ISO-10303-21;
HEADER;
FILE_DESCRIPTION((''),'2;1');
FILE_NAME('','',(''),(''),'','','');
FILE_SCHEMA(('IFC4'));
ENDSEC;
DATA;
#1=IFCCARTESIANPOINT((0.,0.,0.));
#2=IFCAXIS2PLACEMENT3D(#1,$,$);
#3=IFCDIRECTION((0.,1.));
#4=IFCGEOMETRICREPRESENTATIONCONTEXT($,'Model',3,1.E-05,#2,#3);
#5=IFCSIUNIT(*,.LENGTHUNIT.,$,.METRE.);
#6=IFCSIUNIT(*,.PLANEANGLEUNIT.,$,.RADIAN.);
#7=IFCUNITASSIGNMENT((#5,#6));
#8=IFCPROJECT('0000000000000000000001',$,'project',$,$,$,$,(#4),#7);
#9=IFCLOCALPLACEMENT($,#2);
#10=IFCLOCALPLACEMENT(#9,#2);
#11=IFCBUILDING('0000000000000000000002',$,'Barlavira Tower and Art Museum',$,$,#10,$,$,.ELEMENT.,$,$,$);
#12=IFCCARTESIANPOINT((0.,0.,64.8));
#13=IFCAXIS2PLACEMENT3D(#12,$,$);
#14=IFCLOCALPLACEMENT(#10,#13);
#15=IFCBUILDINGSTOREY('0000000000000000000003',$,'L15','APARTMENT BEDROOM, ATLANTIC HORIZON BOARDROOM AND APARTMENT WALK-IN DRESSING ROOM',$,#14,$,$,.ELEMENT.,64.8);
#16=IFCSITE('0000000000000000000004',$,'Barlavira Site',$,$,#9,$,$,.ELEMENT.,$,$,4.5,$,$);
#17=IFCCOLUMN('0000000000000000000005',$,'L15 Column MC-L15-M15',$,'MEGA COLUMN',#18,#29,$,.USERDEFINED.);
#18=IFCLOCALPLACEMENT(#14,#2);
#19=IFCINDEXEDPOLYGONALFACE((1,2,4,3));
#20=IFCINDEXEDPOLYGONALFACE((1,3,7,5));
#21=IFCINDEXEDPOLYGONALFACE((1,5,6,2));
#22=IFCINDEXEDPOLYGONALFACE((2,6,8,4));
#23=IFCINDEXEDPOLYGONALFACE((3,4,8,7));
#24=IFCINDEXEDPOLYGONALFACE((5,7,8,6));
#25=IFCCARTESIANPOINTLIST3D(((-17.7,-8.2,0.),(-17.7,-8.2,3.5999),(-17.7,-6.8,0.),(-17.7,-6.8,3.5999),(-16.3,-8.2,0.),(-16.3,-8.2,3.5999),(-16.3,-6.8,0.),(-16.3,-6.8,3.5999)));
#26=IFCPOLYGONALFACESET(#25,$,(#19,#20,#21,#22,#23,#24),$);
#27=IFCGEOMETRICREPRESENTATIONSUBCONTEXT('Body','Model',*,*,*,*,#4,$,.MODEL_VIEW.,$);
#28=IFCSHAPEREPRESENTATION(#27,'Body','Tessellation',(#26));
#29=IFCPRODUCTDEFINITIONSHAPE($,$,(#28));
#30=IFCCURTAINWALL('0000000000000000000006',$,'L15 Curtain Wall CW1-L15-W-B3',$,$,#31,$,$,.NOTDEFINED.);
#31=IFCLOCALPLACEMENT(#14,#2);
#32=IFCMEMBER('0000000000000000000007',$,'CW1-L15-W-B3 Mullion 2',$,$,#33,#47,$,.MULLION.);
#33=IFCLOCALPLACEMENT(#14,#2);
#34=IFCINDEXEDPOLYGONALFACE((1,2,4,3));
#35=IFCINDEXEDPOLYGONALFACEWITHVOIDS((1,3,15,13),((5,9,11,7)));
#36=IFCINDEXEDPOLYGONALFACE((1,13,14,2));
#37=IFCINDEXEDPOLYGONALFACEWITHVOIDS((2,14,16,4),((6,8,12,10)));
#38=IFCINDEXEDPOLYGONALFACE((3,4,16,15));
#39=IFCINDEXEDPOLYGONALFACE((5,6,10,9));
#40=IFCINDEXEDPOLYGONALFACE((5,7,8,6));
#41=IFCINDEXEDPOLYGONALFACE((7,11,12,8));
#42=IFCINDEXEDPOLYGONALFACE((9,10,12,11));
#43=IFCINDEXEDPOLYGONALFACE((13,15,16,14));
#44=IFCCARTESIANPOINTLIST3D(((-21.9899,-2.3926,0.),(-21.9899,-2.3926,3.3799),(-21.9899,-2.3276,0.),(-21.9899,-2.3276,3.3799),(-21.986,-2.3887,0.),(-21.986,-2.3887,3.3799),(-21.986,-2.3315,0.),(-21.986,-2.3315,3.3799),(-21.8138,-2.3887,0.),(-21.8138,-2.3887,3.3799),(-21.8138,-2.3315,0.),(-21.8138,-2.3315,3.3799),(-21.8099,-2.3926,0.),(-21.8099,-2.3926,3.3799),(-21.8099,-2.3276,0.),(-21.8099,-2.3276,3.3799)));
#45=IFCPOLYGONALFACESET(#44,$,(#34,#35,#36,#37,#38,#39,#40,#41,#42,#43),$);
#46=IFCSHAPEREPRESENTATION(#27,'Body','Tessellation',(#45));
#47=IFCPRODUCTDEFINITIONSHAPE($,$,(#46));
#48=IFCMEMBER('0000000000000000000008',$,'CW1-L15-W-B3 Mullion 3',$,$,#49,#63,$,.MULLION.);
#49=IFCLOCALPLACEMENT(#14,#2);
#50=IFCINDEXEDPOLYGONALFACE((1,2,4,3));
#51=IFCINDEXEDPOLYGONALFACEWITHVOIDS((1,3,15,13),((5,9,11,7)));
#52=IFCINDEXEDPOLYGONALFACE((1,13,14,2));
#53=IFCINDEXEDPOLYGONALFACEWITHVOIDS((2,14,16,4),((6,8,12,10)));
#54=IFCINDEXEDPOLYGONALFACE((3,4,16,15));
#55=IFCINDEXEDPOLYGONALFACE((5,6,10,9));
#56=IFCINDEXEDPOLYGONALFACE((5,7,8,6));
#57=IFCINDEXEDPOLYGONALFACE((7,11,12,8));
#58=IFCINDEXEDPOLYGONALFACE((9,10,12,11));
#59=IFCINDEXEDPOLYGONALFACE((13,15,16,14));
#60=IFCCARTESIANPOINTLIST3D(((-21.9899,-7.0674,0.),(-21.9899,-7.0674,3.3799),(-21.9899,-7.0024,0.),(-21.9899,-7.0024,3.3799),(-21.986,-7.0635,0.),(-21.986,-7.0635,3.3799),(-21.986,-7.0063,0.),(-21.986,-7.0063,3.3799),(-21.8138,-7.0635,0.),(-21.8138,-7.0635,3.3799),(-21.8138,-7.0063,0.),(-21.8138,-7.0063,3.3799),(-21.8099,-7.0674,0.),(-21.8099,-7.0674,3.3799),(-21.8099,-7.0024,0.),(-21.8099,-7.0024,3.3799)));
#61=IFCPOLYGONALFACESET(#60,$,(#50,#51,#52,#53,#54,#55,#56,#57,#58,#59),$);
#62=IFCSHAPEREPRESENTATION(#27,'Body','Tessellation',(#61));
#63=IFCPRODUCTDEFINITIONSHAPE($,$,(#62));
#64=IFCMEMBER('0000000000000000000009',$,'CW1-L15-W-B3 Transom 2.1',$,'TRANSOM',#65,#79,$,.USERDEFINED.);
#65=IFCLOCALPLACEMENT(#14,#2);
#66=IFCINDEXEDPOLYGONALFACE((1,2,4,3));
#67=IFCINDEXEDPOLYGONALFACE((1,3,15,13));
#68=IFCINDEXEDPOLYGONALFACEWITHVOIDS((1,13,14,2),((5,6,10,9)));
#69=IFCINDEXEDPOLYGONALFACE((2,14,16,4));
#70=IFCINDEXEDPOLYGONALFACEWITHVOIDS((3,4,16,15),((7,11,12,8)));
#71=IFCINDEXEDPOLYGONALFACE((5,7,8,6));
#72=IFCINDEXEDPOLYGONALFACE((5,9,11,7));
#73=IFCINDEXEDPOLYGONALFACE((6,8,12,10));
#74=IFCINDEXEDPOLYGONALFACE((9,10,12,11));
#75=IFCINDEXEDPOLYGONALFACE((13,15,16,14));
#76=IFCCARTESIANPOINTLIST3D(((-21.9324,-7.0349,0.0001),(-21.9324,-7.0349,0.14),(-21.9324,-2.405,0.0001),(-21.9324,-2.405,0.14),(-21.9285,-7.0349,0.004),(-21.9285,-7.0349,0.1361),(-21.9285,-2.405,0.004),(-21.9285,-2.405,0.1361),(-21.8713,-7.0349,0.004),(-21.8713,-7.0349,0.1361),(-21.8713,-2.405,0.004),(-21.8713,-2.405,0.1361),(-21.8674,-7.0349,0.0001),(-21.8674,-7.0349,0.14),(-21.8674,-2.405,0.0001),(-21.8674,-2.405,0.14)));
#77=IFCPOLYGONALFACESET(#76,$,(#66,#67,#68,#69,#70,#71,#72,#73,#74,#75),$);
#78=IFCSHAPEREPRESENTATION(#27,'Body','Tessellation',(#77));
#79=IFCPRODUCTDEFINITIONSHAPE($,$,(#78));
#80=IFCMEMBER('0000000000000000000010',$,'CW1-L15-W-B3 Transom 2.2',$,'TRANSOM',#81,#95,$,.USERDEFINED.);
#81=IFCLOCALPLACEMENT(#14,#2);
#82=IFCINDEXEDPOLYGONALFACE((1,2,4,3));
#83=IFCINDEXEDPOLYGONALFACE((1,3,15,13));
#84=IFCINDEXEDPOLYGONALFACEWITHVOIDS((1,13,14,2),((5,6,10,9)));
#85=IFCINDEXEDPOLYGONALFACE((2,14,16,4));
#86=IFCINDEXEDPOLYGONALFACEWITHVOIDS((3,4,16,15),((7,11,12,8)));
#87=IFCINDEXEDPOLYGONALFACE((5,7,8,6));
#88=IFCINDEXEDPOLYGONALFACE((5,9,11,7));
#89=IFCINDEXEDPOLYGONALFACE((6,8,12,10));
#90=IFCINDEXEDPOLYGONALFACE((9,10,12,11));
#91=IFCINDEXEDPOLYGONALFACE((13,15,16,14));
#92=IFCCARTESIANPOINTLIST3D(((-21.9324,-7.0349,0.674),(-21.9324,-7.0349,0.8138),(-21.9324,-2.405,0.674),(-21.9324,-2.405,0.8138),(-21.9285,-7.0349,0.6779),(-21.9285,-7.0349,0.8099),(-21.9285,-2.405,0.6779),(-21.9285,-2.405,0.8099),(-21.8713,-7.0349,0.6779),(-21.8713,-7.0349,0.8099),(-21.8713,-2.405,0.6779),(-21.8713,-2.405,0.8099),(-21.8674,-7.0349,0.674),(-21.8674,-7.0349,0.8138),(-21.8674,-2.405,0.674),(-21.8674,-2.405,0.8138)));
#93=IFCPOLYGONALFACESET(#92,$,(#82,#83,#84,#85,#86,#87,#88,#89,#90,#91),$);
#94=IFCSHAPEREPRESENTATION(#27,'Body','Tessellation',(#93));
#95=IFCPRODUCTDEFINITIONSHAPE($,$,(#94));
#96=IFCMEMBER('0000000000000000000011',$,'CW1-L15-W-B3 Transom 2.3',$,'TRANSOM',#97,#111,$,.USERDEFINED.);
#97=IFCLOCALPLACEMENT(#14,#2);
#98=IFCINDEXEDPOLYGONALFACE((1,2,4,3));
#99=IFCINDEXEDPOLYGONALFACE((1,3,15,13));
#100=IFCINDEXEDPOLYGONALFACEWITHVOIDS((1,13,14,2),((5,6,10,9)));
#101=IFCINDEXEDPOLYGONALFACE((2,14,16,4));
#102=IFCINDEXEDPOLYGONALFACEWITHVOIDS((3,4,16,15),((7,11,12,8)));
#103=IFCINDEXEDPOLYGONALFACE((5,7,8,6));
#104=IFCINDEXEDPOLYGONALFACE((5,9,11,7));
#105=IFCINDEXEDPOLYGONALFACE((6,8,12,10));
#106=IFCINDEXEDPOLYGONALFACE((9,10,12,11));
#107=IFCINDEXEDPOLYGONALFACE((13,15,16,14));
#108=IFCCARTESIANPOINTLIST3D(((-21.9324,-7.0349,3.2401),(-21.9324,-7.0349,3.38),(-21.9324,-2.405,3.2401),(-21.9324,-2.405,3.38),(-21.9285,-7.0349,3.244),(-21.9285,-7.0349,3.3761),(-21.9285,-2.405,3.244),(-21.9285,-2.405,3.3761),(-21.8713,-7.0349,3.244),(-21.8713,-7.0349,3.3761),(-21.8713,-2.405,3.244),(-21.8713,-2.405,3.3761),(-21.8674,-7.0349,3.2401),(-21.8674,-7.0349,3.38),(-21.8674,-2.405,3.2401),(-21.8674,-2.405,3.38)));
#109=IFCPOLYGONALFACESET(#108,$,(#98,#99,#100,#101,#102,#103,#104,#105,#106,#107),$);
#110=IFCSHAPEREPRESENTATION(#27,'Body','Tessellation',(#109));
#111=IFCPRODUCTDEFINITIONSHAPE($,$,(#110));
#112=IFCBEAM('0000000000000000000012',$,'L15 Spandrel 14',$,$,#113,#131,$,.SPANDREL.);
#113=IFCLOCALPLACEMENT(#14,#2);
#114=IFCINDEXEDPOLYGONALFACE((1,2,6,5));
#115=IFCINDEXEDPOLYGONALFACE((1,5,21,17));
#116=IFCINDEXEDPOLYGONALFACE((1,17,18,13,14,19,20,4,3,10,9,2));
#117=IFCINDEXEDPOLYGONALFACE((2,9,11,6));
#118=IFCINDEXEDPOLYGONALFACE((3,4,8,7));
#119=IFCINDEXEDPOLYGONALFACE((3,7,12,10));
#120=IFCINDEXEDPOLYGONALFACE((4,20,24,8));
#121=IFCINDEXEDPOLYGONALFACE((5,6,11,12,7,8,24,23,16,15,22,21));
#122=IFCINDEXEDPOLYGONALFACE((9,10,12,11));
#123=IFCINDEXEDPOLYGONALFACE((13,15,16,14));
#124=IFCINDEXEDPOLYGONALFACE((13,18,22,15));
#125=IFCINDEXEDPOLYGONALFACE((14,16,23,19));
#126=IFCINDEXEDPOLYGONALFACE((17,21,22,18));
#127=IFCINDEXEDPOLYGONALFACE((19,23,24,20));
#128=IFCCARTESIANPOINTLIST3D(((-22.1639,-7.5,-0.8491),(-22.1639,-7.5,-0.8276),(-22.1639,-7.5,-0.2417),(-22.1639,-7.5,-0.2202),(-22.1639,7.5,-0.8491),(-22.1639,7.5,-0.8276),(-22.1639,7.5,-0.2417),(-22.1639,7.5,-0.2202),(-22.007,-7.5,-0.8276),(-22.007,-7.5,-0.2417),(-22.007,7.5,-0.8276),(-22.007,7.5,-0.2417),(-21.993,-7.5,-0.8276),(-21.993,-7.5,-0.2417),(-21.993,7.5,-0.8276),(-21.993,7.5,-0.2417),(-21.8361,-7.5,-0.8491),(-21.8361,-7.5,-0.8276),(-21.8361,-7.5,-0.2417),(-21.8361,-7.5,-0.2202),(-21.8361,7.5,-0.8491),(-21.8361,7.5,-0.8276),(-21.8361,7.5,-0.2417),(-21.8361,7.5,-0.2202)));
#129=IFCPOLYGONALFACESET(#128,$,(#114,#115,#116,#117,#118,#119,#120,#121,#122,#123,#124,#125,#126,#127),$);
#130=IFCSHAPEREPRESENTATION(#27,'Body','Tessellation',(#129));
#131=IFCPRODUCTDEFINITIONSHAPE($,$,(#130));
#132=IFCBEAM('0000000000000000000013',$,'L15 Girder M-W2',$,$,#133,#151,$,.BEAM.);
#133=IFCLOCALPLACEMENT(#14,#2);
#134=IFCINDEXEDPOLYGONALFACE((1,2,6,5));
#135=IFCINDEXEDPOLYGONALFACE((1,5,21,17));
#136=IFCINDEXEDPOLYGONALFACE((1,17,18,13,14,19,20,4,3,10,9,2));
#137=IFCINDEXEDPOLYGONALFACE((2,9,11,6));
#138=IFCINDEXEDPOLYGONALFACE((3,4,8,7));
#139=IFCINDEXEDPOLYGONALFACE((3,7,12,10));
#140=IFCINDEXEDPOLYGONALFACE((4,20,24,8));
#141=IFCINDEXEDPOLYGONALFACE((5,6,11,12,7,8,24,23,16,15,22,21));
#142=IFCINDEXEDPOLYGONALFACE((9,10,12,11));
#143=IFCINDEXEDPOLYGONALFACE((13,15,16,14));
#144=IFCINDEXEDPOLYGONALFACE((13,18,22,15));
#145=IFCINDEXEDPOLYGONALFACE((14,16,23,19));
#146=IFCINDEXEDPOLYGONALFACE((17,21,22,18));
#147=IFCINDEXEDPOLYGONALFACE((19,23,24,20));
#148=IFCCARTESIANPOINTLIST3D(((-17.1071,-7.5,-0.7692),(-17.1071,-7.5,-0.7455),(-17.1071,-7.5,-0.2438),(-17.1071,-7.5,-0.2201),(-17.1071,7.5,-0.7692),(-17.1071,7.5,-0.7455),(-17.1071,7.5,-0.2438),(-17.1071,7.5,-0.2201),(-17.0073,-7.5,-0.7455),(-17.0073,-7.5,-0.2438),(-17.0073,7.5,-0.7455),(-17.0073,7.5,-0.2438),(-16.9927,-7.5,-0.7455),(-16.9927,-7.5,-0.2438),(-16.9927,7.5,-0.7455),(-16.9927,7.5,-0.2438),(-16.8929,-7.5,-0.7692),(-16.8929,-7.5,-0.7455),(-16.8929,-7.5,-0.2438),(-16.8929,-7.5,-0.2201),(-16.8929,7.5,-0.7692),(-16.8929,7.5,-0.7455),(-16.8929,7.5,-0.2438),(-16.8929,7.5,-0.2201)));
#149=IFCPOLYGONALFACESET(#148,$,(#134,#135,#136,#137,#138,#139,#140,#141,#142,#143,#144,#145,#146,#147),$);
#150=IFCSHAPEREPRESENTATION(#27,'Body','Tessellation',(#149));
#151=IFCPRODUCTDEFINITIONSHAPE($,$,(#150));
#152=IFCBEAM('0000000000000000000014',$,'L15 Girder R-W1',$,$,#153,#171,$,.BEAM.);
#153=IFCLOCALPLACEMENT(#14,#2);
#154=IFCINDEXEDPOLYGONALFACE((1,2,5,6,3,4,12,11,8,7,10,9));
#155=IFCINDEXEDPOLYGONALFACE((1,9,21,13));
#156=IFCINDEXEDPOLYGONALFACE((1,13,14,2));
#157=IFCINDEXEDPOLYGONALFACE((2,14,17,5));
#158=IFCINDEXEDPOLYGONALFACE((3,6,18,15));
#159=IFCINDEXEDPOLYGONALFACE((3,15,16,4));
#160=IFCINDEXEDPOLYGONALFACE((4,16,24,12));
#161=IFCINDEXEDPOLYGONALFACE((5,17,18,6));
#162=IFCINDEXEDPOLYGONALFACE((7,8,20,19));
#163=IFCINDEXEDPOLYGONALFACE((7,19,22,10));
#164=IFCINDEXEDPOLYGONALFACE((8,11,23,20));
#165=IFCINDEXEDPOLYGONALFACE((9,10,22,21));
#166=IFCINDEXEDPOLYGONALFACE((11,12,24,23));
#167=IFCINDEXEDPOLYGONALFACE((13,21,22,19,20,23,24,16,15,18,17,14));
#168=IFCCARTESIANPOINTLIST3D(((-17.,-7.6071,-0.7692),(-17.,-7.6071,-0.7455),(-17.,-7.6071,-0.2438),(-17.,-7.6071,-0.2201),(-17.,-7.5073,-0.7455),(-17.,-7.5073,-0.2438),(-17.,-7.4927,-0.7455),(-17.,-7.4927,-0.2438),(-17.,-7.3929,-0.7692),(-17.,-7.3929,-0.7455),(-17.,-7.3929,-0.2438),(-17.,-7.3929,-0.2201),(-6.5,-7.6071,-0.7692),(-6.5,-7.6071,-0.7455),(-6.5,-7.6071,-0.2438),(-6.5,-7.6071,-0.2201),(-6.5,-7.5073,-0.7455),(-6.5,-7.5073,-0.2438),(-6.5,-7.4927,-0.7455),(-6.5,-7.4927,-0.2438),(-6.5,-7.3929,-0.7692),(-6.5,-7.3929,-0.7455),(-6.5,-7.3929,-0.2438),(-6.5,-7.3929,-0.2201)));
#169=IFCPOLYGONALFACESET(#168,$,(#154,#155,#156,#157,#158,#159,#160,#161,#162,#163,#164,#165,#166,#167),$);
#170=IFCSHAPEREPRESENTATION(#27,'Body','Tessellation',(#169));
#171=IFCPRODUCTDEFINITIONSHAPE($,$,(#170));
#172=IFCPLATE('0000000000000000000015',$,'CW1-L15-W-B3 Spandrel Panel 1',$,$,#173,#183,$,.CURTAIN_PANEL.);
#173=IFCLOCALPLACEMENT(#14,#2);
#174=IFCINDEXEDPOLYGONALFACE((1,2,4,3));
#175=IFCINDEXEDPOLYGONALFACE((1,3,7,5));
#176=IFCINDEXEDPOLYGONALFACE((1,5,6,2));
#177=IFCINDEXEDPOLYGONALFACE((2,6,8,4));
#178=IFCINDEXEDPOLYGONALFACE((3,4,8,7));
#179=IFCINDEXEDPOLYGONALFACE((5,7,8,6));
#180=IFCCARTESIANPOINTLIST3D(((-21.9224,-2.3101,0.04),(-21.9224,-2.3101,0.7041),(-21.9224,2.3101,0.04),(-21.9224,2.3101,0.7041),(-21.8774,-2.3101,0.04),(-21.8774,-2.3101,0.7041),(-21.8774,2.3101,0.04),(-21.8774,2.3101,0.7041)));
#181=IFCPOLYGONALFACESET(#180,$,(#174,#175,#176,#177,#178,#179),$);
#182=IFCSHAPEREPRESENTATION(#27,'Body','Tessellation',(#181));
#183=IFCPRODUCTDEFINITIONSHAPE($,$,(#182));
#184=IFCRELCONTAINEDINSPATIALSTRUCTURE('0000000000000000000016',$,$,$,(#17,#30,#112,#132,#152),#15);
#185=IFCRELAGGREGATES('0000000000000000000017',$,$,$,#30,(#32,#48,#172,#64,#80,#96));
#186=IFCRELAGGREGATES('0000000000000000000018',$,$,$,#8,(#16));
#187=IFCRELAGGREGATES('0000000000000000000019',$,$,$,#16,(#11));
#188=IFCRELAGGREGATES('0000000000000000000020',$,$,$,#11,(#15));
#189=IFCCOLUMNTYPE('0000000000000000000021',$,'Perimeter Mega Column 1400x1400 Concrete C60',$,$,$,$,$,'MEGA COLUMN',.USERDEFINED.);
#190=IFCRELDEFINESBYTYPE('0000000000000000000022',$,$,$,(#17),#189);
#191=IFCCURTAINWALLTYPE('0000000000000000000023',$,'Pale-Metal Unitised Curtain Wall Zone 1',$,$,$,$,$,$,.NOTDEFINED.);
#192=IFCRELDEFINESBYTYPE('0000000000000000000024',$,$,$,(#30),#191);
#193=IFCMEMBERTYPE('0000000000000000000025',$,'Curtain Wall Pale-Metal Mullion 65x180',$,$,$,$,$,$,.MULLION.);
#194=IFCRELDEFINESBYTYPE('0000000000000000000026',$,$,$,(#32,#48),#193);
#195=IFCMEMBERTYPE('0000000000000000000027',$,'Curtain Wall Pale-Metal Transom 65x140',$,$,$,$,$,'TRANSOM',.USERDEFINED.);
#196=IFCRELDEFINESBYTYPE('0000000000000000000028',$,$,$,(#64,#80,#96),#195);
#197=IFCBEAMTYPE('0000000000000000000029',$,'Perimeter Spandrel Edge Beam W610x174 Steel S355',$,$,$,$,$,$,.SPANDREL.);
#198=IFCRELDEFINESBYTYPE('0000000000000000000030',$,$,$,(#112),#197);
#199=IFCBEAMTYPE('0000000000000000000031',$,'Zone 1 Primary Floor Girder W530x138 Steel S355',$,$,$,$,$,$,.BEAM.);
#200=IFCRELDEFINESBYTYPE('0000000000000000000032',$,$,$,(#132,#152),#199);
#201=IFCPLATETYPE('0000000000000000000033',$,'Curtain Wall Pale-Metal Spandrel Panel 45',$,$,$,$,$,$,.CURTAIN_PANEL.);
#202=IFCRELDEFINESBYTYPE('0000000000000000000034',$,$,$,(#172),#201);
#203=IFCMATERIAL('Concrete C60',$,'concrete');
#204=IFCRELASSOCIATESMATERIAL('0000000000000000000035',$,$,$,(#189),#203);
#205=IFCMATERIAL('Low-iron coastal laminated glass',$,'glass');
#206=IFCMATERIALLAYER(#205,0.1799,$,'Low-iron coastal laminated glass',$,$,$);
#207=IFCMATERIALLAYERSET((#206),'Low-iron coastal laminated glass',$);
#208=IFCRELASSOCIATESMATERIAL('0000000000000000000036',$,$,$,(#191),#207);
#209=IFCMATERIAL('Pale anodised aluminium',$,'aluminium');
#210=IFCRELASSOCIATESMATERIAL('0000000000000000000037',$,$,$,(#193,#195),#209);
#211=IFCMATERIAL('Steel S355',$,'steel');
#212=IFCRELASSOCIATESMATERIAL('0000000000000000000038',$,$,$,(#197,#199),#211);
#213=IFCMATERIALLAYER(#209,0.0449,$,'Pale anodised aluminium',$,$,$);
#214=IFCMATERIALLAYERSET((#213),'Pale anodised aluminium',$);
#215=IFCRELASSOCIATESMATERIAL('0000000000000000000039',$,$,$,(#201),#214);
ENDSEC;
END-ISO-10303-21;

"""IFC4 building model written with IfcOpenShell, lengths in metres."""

from ifc_helpers import new_model, si_unit, direction, frame, origin, origin_2d, place, context, subcontext, project, spatial, rectangle, hollow_rectangle, i_section, extrude, material, layer, layer_set, material_profile, profile_set, type_object, element, aggregate, save


model = new_model("IFC4")

# Units and contexts
model_context = context("Model", 3, precision=1e-05, world=origin(), true_north=direction((0.0, 1.0)))
body_context = subcontext(model_context, "Body", "Model", "MODEL_VIEW")
ifc_project = project(units=[si_unit("LENGTHUNIT", "METRE"), si_unit("PLANEANGLEUNIT", "RADIAN")], contexts=[model_context])

# Site, building, storey
site_placement = place(None, origin())
site = spatial("IfcSite", under=ifc_project, at=site_placement, Name="Barlavira Site", CompositionType="ELEMENT", RefElevation=4.5)
building_placement = place(site_placement, origin())
building = spatial("IfcBuilding", under=site, at=building_placement, Name="Barlavira Tower and Art Museum", CompositionType="ELEMENT")
storey_placement = place(building_placement, frame((0.0, 0.0, 64.8)))
storey = spatial("IfcBuildingStorey", under=building, at=storey_placement, Name="L15", Description="APARTMENT BEDROOM, ATLANTIC HORIZON BOARDROOM AND APARTMENT WALK-IN DRESSING ROOM", CompositionType="ELEMENT", Elevation=64.8)

# Column
ifc_material_1 = material(Name="Concrete C60", Category="concrete")
ifc_material_profile_1 = material_profile(ifc_material_1, rectangle(XDim=1.3999, YDim=1.3999, at=origin_2d()), Name="RC-MCOL 1400x1400")
ifc_profile_set_1 = profile_set([ifc_material_profile_1], Name="Concrete C60")
column_type = type_object("IfcColumnType", Name="Perimeter Mega Column 1400x1400 Concrete C60", ElementType="MEGA COLUMN", PredefinedType="USERDEFINED", material=ifc_profile_set_1)
column_placement = place(storey_placement, frame((-17.0, -7.5, 0.0), z_axis=(0.0, 0.0, 1.0), x_axis=(1.0, 0.0, 0.0)))
element("IfcColumn", 1, at=column_placement, inside=storey, type_object=column_type, Name="L15 Column MC-L15-M15", ObjectType="MEGA COLUMN", PredefinedType="USERDEFINED", context=body_context, shape_type="SweptSolid", body=[
    extrude(rectangle(XDim=1.3999, YDim=1.3999, at=origin_2d()), origin(), (0.0, 0.0, 1.0), 3.5999),
])

# Curtain wall, members
ifc_material_2 = material(Name="Low-iron coastal laminated glass", Category="glass")
ifc_layer_1 = layer(ifc_material_2, 0.1799, Name="Low-iron coastal laminated glass")
ifc_layer_set_1 = layer_set([ifc_layer_1], Name="Low-iron coastal laminated glass")
curtain_wall_type = type_object("IfcCurtainWallType", Name="Pale-Metal Unitised Curtain Wall Zone 1", PredefinedType="NOTDEFINED", material=ifc_layer_set_1)
curtain_wall_placement = place(storey_placement, origin())
curtain_wall = element("IfcCurtainWall", 2, at=curtain_wall_placement, inside=storey, type_object=curtain_wall_type, Name="L15 Curtain Wall CW1-L15-W-B3", PredefinedType="NOTDEFINED")
ifc_material_3 = material(Name="Pale anodised aluminium", Category="aluminium")
ifc_material_profile_2 = material_profile(ifc_material_3, hollow_rectangle(XDim=0.0649, YDim=0.1799, WallThickness=0.0039, at=origin_2d()), Name="ALU-MULL 65x180x4")
ifc_profile_set_2 = profile_set([ifc_material_profile_2], Name="Pale anodised aluminium")
member_type_1 = type_object("IfcMemberType", Name="Curtain Wall Pale-Metal Mullion 65x180", PredefinedType="MULLION", material=ifc_profile_set_2)
member_1_placement = place(storey_placement, frame((-21.8999, -2.3601, 0.0), z_axis=(0.0, 0.0, 1.0), x_axis=(0.0, -1.0, 0.0)))
member_1 = element("IfcMember", 3, at=member_1_placement, type_object=member_type_1, Name="CW1-L15-W-B3 Mullion 2", PredefinedType="MULLION", context=body_context, shape_type="SweptSolid", body=[
    extrude(hollow_rectangle(XDim=0.0649, YDim=0.1799, WallThickness=0.0039, at=origin_2d()), origin(), (0.0, 0.0, 1.0), 3.3799),
])
member_2_placement = place(storey_placement, frame((-21.8999, -7.0349, 0.0), z_axis=(0.0, 0.0, 1.0), x_axis=(0.0, -1.0, 0.0)))
member_2 = element("IfcMember", 4, at=member_2_placement, type_object=member_type_1, Name="CW1-L15-W-B3 Mullion 3", PredefinedType="MULLION", context=body_context, shape_type="SweptSolid", body=[
    extrude(hollow_rectangle(XDim=0.0649, YDim=0.1799, WallThickness=0.0039, at=origin_2d()), origin(), (0.0, 0.0, 1.0), 3.3799),
])
ifc_material_profile_3 = material_profile(ifc_material_3, hollow_rectangle(XDim=0.0649, YDim=0.1399, WallThickness=0.0039, at=origin_2d()), Name="ALU-TRAN 65x140x4")
ifc_profile_set_3 = profile_set([ifc_material_profile_3], Name="Pale anodised aluminium")
member_type_2 = type_object("IfcMemberType", Name="Curtain Wall Pale-Metal Transom 65x140", ElementType="TRANSOM", PredefinedType="USERDEFINED", material=ifc_profile_set_3)
member_3_placement = place(storey_placement, frame((-21.8999, -2.405, 0.0701), z_axis=(0.0, -1.0, 0.0), x_axis=(1.0, 0.0, 0.0)))
member_3 = element("IfcMember", 5, at=member_3_placement, type_object=member_type_2, Name="CW1-L15-W-B3 Transom 2.1", ObjectType="TRANSOM", PredefinedType="USERDEFINED", context=body_context, shape_type="SweptSolid", body=[
    extrude(hollow_rectangle(XDim=0.0649, YDim=0.1399, WallThickness=0.0039, at=origin_2d()), origin(), (0.0, 0.0, 1.0), 4.6299),
])
member_4_placement = place(storey_placement, frame((-21.8999, -2.405, 0.7439), z_axis=(0.0, -1.0, 0.0), x_axis=(1.0, 0.0, 0.0)))
member_4 = element("IfcMember", 6, at=member_4_placement, type_object=member_type_2, Name="CW1-L15-W-B3 Transom 2.2", ObjectType="TRANSOM", PredefinedType="USERDEFINED", context=body_context, shape_type="SweptSolid", body=[
    extrude(hollow_rectangle(XDim=0.0649, YDim=0.1399, WallThickness=0.0039, at=origin_2d()), origin(), (0.0, 0.0, 1.0), 4.6299),
])
member_5_placement = place(storey_placement, frame((-21.8999, -2.405, 3.3101), z_axis=(0.0, -1.0, 0.0), x_axis=(1.0, 0.0, 0.0)))
member_5 = element("IfcMember", 7, at=member_5_placement, type_object=member_type_2, Name="CW1-L15-W-B3 Transom 2.3", ObjectType="TRANSOM", PredefinedType="USERDEFINED", context=body_context, shape_type="SweptSolid", body=[
    extrude(hollow_rectangle(XDim=0.0649, YDim=0.1399, WallThickness=0.0039, at=origin_2d()), origin(), (0.0, 0.0, 1.0), 4.6299),
])

# Beams
ifc_material_4 = material(Name="Steel S355", Category="steel")
ifc_material_profile_4 = material_profile(ifc_material_4, i_section(OverallWidth=0.3279, OverallDepth=0.6289, WebThickness=0.0139, FlangeThickness=0.0215, at=origin_2d()), Name="W610x174.0")
ifc_profile_set_4 = profile_set([ifc_material_profile_4], Name="Steel S355")
beam_type_1 = type_object("IfcBeamType", Name="Perimeter Spandrel Edge Beam W610x174 Steel S355", PredefinedType="SPANDREL", material=ifc_profile_set_4)
beam_1_placement = place(storey_placement, frame((-22.0, -7.5, -0.5347), z_axis=(0.0, 1.0, 0.0), x_axis=(-1.0, 0.0, 0.0)))
element("IfcBeam", 8, at=beam_1_placement, inside=storey, type_object=beam_type_1, Name="L15 Spandrel 14", PredefinedType="SPANDREL", context=body_context, shape_type="SweptSolid", body=[
    extrude(i_section(OverallWidth=0.3279, OverallDepth=0.6289, WebThickness=0.0139, FlangeThickness=0.0215, at=origin_2d()), origin(), (0.0, 0.0, 1.0), 15.0),
])
ifc_material_profile_5 = material_profile(ifc_material_4, i_section(OverallWidth=0.2141, OverallDepth=0.5491, WebThickness=0.0146, FlangeThickness=0.0237, at=origin_2d()), Name="W530x138.0")
ifc_profile_set_5 = profile_set([ifc_material_profile_5], Name="Steel S355")
beam_type_2 = type_object("IfcBeamType", Name="Zone 1 Primary Floor Girder W530x138 Steel S355", PredefinedType="BEAM", material=ifc_profile_set_5)
beam_2_placement = place(storey_placement, frame((-17.0, -7.5, -0.4946), z_axis=(0.0, 1.0, 0.0), x_axis=(-1.0, 0.0, 0.0)))
element("IfcBeam", 9, at=beam_2_placement, inside=storey, type_object=beam_type_2, Name="L15 Girder M-W2", PredefinedType="BEAM", context=body_context, shape_type="SweptSolid", body=[
    extrude(i_section(OverallWidth=0.2141, OverallDepth=0.5491, WebThickness=0.0146, FlangeThickness=0.0237, at=origin_2d()), origin(), (0.0, 0.0, 1.0), 15.0),
])
beam_3_placement = place(storey_placement, frame((-17.0, -7.5, -0.4946), z_axis=(1.0, 0.0, 0.0), x_axis=(0.0, 1.0, 0.0)))
element("IfcBeam", 10, at=beam_3_placement, inside=storey, type_object=beam_type_2, Name="L15 Girder R-W1", PredefinedType="BEAM", context=body_context, shape_type="SweptSolid", body=[
    extrude(i_section(OverallWidth=0.2141, OverallDepth=0.5491, WebThickness=0.0146, FlangeThickness=0.0237, at=origin_2d()), origin(), (0.0, 0.0, 1.0), 10.5),
])

# Plate
ifc_layer_2 = layer(ifc_material_3, 0.0449, Name="Pale anodised aluminium")
ifc_layer_set_2 = layer_set([ifc_layer_2], Name="Pale anodised aluminium")
plate_type_1 = type_object("IfcPlateType", Name="Curtain Wall Pale-Metal Spandrel Panel 45", PredefinedType="CURTAIN_PANEL", material=ifc_layer_set_2)
plate_1_placement = place(storey_placement, frame((-21.8999, 0.0, 0.04), z_axis=(0.0, 0.0, 1.0), x_axis=(0.0, -1.0, 0.0)))
plate_1 = element("IfcPlate", 11, at=plate_1_placement, type_object=plate_type_1, Name="CW1-L15-W-B3 Spandrel Panel 1", PredefinedType="CURTAIN_PANEL", context=body_context, shape_type="SweptSolid", body=[
    extrude(rectangle(XDim=4.6201, YDim=0.0449, at=origin_2d()), origin(), (0.0, 0.0, 1.0), 0.6641),
])
aggregate(curtain_wall, [member_1, member_2, plate_1, member_3, member_4, member_5])

save(model, "model.ifc")
